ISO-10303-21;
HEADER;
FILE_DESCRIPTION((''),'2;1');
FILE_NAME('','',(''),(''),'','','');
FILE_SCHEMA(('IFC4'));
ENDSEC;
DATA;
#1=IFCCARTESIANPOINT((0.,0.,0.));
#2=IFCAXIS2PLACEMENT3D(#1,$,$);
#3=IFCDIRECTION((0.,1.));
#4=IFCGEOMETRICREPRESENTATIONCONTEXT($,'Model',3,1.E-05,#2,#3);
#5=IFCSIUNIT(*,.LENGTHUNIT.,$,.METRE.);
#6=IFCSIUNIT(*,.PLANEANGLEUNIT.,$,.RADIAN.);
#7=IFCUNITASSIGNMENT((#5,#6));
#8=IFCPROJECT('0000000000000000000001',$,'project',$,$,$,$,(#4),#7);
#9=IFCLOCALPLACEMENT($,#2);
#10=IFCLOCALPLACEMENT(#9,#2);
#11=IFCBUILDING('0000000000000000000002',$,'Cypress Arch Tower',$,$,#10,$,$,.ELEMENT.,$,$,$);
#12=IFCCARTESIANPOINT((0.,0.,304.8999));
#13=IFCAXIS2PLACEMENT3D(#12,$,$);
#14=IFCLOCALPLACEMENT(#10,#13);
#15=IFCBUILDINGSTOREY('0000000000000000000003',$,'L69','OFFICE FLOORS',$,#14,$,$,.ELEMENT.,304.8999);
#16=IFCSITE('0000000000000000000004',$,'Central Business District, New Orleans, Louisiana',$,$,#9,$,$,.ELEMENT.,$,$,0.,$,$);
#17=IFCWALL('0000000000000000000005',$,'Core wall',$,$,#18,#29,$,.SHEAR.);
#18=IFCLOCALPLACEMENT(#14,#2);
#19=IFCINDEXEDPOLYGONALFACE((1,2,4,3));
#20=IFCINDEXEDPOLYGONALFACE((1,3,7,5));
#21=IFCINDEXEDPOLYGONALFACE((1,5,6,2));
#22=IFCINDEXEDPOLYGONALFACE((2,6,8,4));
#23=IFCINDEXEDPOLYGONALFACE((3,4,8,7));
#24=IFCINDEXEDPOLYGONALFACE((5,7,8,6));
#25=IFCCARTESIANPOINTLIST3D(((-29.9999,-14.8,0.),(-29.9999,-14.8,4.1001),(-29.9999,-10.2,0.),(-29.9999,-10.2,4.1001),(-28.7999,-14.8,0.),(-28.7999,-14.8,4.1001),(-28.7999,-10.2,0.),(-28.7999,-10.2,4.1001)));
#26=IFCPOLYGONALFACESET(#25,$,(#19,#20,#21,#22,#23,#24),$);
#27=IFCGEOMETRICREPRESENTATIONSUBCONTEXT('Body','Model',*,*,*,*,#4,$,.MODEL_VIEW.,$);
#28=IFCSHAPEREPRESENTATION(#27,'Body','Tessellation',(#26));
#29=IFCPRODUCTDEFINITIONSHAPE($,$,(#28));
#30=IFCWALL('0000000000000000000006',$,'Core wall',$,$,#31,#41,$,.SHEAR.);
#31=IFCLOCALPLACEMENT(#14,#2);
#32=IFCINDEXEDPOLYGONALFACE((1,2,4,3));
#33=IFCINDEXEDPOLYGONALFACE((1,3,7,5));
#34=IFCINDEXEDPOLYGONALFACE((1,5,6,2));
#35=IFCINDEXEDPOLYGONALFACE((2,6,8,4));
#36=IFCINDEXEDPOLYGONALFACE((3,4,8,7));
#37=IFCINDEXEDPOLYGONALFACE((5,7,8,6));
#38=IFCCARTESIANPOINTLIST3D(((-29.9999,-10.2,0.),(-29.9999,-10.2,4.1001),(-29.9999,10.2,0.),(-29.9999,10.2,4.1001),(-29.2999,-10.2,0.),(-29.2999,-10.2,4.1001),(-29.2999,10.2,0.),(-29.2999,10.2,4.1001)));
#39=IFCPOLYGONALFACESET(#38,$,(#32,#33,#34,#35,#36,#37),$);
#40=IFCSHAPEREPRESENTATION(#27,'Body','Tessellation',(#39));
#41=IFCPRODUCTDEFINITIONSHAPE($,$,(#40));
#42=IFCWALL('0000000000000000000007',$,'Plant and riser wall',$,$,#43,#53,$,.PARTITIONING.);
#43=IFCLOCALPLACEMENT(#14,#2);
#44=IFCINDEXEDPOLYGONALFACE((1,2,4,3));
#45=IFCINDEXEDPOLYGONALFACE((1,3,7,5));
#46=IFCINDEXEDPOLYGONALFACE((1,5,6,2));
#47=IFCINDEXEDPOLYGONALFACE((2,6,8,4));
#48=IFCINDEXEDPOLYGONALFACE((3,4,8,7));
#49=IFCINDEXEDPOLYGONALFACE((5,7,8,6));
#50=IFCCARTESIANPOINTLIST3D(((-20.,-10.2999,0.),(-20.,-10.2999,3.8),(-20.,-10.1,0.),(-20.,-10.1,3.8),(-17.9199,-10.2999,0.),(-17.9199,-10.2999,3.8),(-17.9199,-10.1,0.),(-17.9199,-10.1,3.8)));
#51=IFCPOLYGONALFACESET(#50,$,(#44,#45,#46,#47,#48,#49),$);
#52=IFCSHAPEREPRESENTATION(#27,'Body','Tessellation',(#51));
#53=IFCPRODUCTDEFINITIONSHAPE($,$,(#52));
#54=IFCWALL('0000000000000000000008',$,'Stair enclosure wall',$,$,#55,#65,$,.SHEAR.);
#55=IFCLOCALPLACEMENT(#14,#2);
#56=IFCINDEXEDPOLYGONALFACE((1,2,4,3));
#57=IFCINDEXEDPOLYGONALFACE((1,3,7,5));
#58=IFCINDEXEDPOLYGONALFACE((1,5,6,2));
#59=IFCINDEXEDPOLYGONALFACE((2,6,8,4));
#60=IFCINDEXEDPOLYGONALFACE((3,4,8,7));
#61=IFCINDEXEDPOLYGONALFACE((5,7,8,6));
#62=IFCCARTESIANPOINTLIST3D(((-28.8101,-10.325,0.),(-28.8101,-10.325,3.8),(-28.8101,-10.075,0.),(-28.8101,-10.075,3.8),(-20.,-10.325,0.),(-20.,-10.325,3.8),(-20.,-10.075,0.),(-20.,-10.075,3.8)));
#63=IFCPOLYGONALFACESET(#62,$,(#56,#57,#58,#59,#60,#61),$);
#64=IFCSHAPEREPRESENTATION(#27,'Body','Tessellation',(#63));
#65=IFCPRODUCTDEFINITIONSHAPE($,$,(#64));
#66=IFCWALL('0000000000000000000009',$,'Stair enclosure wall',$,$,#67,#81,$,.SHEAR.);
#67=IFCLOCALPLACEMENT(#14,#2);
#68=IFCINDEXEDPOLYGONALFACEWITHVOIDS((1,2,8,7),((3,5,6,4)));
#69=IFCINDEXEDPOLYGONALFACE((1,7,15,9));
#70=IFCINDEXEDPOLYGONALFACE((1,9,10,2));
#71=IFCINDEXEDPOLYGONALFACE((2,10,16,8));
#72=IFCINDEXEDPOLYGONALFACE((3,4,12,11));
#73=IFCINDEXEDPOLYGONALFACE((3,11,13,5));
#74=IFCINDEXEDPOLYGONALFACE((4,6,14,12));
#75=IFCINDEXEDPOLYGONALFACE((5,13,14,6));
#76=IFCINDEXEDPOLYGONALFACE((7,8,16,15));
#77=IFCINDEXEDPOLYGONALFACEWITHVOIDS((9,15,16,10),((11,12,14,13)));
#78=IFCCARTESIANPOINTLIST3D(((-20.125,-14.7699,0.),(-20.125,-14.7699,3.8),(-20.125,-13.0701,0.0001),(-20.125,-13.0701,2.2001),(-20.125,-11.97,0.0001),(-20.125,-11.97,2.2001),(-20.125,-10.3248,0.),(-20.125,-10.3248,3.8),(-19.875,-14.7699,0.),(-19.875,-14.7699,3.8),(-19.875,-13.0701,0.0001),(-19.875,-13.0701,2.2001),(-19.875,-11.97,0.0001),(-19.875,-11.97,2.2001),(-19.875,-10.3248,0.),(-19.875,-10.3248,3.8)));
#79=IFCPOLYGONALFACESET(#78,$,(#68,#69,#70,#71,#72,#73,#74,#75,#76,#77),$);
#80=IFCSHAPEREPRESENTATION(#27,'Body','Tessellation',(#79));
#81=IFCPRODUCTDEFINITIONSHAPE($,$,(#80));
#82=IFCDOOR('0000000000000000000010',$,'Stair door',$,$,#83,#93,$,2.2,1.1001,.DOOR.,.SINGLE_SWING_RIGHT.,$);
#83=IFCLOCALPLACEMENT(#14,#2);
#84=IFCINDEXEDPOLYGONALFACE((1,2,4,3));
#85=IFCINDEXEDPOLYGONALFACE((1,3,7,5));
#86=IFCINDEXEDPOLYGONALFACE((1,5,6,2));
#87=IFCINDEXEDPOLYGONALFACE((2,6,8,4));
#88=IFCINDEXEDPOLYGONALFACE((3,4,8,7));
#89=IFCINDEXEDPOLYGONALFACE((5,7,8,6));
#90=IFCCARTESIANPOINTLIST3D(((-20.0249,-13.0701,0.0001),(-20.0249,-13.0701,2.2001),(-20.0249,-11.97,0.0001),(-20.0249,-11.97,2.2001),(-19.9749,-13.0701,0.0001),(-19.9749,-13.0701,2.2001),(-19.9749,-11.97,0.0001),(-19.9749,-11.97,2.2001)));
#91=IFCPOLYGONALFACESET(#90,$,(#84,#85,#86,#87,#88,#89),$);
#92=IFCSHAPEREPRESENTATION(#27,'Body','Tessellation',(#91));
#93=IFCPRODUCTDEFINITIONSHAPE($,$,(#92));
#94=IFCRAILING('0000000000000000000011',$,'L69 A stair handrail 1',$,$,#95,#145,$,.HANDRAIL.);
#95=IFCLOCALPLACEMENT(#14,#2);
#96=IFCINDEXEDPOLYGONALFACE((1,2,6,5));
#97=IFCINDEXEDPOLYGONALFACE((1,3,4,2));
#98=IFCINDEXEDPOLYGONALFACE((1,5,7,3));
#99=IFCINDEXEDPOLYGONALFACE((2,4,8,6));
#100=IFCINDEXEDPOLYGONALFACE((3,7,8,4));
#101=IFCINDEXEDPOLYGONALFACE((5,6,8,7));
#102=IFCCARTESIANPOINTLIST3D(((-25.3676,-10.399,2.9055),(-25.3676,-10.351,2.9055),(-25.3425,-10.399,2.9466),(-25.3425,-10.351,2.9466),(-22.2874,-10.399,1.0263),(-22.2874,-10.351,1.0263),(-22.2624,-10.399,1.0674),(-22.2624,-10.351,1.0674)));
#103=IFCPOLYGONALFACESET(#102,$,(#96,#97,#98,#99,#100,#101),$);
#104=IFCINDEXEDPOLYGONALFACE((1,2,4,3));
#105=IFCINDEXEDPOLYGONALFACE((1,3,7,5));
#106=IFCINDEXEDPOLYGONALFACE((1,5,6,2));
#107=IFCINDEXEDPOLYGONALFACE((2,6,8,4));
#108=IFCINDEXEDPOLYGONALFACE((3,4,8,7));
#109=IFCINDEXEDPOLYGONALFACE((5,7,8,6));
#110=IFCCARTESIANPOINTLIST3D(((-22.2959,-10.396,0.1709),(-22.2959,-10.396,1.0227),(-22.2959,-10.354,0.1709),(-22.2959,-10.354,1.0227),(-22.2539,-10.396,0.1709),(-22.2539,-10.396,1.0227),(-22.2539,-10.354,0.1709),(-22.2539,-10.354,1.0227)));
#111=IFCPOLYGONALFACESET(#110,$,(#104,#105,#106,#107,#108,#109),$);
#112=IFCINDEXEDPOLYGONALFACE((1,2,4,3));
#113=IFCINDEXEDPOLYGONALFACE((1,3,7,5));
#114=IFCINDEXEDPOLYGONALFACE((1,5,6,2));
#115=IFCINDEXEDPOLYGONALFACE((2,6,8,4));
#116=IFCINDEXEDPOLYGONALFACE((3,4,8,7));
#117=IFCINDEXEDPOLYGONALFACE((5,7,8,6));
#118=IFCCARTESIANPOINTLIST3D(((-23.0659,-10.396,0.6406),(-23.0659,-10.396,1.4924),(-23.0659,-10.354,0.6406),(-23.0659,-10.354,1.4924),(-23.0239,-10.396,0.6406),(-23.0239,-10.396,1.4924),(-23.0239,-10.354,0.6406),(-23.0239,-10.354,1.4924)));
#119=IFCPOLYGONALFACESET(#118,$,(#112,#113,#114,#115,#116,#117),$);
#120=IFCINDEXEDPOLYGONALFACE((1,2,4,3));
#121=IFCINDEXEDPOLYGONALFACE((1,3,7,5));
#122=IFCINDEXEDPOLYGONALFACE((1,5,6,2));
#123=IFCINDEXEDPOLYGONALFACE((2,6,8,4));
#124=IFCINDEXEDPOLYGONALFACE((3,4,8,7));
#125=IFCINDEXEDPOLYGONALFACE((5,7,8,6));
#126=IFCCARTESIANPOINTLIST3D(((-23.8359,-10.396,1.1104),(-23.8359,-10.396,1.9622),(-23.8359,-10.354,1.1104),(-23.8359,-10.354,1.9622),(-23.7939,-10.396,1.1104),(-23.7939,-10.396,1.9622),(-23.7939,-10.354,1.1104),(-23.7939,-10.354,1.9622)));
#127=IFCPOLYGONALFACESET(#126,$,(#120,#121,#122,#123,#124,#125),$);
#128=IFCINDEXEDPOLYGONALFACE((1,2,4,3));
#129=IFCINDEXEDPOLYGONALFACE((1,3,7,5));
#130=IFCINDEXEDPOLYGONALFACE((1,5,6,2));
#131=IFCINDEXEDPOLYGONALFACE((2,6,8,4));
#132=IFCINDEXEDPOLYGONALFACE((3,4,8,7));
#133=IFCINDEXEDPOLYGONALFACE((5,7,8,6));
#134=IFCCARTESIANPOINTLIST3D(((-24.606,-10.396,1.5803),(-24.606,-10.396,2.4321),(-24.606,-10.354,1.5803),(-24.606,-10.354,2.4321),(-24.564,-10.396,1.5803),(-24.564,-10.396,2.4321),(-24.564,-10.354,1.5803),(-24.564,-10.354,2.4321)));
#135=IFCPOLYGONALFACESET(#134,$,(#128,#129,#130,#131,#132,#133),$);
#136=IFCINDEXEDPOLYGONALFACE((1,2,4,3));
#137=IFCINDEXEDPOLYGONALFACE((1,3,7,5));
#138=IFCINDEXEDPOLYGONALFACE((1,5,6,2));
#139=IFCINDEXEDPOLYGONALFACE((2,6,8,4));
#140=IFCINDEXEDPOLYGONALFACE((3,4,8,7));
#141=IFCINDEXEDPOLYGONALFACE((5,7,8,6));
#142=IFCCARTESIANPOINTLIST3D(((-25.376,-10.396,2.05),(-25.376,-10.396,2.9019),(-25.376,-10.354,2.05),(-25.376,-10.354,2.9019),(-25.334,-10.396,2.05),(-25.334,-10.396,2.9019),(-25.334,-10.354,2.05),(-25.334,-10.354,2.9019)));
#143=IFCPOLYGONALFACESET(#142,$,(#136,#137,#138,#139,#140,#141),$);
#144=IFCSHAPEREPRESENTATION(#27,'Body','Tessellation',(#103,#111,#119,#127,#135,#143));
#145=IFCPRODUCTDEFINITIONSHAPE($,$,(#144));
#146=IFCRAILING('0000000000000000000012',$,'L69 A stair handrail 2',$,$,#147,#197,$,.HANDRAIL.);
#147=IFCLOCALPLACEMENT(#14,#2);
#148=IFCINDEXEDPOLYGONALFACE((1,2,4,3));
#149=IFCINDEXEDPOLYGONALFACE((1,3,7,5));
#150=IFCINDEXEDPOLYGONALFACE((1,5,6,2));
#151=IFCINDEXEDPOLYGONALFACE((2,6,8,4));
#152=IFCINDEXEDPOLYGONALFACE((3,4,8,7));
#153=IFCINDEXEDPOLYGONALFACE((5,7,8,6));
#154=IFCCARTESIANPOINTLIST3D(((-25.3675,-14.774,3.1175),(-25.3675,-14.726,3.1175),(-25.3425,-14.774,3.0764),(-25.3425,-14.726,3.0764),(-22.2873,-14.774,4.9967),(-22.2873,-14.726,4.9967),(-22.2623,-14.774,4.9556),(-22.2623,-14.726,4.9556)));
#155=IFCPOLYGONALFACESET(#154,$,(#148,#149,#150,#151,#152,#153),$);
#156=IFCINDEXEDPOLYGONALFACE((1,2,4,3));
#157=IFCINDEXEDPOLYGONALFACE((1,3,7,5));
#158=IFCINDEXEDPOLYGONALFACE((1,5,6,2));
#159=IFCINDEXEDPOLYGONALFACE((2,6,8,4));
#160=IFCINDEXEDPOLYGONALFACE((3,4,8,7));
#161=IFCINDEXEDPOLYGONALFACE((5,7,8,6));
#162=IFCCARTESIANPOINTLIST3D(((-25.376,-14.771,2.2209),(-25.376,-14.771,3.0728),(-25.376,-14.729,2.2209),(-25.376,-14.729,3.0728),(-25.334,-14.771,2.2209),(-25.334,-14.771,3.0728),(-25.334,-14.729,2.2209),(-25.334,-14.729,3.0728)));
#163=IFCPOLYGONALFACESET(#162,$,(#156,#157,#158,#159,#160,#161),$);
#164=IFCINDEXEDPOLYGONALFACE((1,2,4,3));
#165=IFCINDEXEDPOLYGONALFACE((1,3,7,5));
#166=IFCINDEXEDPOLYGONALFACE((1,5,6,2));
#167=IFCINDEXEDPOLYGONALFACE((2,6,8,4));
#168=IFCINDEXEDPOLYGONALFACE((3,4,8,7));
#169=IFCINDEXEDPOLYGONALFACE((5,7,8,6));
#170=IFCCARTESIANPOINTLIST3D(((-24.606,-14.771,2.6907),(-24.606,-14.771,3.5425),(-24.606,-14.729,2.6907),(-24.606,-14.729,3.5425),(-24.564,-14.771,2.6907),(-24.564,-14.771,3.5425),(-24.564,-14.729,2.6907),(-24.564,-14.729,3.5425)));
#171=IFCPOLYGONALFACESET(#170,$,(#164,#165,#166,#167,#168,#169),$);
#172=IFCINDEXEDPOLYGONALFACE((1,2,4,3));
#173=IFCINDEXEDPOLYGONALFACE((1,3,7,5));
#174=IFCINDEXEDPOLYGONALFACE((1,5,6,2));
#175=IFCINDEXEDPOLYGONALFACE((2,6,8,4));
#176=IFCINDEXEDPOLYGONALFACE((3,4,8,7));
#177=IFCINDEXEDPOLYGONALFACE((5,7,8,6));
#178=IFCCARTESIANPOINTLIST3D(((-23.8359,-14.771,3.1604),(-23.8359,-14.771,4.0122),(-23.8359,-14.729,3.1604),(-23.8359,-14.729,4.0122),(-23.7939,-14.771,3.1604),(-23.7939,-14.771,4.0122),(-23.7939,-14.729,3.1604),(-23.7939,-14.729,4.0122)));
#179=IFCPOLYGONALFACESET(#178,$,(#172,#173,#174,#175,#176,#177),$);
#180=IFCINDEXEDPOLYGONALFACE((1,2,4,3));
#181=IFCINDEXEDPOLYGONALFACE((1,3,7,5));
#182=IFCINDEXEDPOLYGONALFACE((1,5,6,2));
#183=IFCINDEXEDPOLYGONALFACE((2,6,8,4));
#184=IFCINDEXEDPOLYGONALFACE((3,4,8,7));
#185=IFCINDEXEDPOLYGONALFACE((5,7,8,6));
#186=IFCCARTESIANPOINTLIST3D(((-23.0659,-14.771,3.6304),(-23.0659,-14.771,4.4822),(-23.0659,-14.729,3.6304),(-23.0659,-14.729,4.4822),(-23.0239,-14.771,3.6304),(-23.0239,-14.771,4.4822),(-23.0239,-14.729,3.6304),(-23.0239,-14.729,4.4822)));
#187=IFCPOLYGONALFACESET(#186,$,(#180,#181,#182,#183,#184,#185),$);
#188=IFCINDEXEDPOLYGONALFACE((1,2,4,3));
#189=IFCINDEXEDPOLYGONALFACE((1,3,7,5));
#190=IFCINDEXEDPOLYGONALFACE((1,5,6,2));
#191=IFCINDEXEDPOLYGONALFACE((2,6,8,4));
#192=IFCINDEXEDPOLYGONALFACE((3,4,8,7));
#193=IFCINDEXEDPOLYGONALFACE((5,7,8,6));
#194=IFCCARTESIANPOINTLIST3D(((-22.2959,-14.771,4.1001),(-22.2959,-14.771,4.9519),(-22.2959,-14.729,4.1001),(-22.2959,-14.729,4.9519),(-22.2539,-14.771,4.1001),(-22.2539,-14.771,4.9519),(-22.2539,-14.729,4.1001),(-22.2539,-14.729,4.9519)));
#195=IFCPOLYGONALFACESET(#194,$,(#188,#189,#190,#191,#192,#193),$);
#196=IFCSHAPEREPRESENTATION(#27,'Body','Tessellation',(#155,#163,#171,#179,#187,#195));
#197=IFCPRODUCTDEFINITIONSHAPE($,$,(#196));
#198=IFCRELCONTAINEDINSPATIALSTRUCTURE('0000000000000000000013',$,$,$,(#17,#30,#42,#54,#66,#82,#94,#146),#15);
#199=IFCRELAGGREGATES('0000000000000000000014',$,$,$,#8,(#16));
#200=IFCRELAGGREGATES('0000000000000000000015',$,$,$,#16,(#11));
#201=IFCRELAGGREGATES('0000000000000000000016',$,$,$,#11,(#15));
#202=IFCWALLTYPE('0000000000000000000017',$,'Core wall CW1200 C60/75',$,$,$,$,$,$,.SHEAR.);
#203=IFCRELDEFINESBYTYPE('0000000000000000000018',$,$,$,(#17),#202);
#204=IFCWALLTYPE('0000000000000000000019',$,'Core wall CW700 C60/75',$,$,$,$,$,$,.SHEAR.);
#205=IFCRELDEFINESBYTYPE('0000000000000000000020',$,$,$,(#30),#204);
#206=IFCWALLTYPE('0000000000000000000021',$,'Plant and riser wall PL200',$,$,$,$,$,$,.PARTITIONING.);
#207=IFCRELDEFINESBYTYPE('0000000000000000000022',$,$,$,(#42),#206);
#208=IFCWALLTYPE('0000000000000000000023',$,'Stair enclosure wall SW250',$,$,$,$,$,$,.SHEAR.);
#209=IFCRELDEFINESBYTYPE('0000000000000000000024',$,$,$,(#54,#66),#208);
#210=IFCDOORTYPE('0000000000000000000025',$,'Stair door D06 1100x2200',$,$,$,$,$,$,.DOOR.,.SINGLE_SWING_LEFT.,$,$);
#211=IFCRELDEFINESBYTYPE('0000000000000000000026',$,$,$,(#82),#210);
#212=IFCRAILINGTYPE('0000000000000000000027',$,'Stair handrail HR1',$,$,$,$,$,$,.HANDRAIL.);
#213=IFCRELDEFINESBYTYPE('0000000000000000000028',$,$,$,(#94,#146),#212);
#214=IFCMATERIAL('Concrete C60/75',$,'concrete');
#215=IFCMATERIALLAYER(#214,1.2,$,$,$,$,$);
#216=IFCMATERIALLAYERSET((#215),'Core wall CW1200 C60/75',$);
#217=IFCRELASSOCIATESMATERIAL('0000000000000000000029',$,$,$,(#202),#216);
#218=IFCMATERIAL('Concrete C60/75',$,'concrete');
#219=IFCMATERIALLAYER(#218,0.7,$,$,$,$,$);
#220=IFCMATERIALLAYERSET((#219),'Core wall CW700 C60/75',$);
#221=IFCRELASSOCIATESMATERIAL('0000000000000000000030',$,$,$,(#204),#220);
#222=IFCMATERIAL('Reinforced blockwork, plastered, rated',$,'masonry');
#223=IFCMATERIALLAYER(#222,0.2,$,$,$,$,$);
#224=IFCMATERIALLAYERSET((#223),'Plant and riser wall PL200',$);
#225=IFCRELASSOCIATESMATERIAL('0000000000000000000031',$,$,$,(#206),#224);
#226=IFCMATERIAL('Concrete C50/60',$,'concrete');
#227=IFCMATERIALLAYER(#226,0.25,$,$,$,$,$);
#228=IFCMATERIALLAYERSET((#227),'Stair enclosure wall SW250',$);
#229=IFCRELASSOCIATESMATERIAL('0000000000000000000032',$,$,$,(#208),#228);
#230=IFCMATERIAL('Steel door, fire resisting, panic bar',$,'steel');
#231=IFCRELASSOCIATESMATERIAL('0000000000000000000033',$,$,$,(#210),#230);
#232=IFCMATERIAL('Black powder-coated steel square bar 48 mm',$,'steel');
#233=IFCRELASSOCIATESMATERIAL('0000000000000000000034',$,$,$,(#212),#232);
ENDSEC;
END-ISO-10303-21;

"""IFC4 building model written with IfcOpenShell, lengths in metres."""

from ifc_helpers import new_model, si_unit, direction, frame, frame_2d, origin, origin_2d, place, context, subcontext, project, spatial, rectangle, extrude, material, layer, layer_set, type_object, element, fill, save


model = new_model("IFC4")

# Units and contexts
model_context = context("Model", 3, precision=1e-05, world=origin(), true_north=direction((0.0, 1.0)))
body_context = subcontext(model_context, "Body", "Model", "MODEL_VIEW")
ifc_project = project(units=[si_unit("LENGTHUNIT", "METRE"), si_unit("PLANEANGLEUNIT", "RADIAN")], contexts=[model_context])

# Site, building, storey
site_placement = place(None, origin())
site = spatial("IfcSite", under=ifc_project, at=site_placement, Name="Central Business District, New Orleans, Louisiana", CompositionType="ELEMENT", RefElevation=0.0)
building_placement = place(site_placement, origin())
building = spatial("IfcBuilding", under=site, at=building_placement, Name="Cypress Arch Tower", CompositionType="ELEMENT")
storey_placement = place(building_placement, frame((0.0, 0.0, 304.8999)))
storey = spatial("IfcBuildingStorey", under=building, at=storey_placement, Name="L69", Description="OFFICE FLOORS", CompositionType="ELEMENT", Elevation=304.8999)

# Walls
ifc_material_1 = material(Name="Concrete C60/75", Category="concrete")
ifc_layer_1 = layer(ifc_material_1, 1.2)
ifc_layer_set_1 = layer_set([ifc_layer_1], Name="Core wall CW1200 C60/75")
wall_type_1 = type_object("IfcWallType", Name="Core wall CW1200 C60/75", PredefinedType="SHEAR", material=ifc_layer_set_1)
wall_1_placement = place(storey_placement, frame((-29.3999, -14.8, 0.0), z_axis=(0.0, 0.0, 1.0), x_axis=(0.0, 1.0, 0.0)))
element("IfcWall", 1, at=wall_1_placement, inside=storey, type_object=wall_type_1, Name="Core wall", PredefinedType="SHEAR", context=body_context, shape_type="SweptSolid", body=[
    extrude(rectangle(XDim=4.6001, YDim=1.2, at=frame_2d((2.3, 0.0))), origin(), (0.0, 0.0, 1.0), 4.1001),
])
ifc_material_2 = material(Name="Concrete C60/75", Category="concrete")
ifc_layer_2 = layer(ifc_material_2, 0.7)
ifc_layer_set_2 = layer_set([ifc_layer_2], Name="Core wall CW700 C60/75")
wall_type_2 = type_object("IfcWallType", Name="Core wall CW700 C60/75", PredefinedType="SHEAR", material=ifc_layer_set_2)
wall_2_placement = place(storey_placement, frame((-29.6499, -10.2, 0.0), z_axis=(0.0, 0.0, 1.0), x_axis=(0.0, 1.0, 0.0)))
element("IfcWall", 2, at=wall_2_placement, inside=storey, type_object=wall_type_2, Name="Core wall", PredefinedType="SHEAR", context=body_context, shape_type="SweptSolid", body=[
    extrude(rectangle(XDim=20.3999, YDim=0.7, at=frame_2d((10.2, 0.0))), origin(), (0.0, 0.0, 1.0), 4.1001),
])
ifc_material_3 = material(Name="Reinforced blockwork, plastered, rated", Category="masonry")
ifc_layer_3 = layer(ifc_material_3, 0.2)
ifc_layer_set_3 = layer_set([ifc_layer_3], Name="Plant and riser wall PL200")
wall_type_3 = type_object("IfcWallType", Name="Plant and riser wall PL200", PredefinedType="PARTITIONING", material=ifc_layer_set_3)
wall_3_placement = place(storey_placement, frame((-20.0, -10.2, 0.0), z_axis=(0.0, 0.0, 1.0), x_axis=(1.0, 0.0, 0.0)))
element("IfcWall", 3, at=wall_3_placement, inside=storey, type_object=wall_type_3, Name="Plant and riser wall", PredefinedType="PARTITIONING", context=body_context, shape_type="SweptSolid", body=[
    extrude(rectangle(XDim=2.0801, YDim=0.2, at=frame_2d((1.04, 0.0))), origin(), (0.0, 0.0, 1.0), 3.8),
])
ifc_material_4 = material(Name="Concrete C50/60", Category="concrete")
ifc_layer_4 = layer(ifc_material_4, 0.25)
ifc_layer_set_4 = layer_set([ifc_layer_4], Name="Stair enclosure wall SW250")
wall_type_4 = type_object("IfcWallType", Name="Stair enclosure wall SW250", PredefinedType="SHEAR", material=ifc_layer_set_4)
wall_4_placement = place(storey_placement, frame((-28.8101, -10.2, 0.0), z_axis=(0.0, 0.0, 1.0), x_axis=(1.0, 0.0, 0.0)))
element("IfcWall", 4, at=wall_4_placement, inside=storey, type_object=wall_type_4, Name="Stair enclosure wall", PredefinedType="SHEAR", context=body_context, shape_type="SweptSolid", body=[
    extrude(rectangle(XDim=8.8101, YDim=0.25, at=frame_2d((4.405, 0.0))), origin(), (0.0, 0.0, 1.0), 3.8),
])

# Wall, opening, door
wall_5_placement = place(storey_placement, frame((-20.0, -14.77, 0.0), z_axis=(0.0, 0.0, 1.0), x_axis=(0.0, 1.0, 0.0)))
wall_5 = element("IfcWall", 5, at=wall_5_placement, inside=storey, type_object=wall_type_4, Name="Stair enclosure wall", PredefinedType="SHEAR", context=body_context, shape_type="SweptSolid", body=[
    extrude(rectangle(XDim=4.4451, YDim=0.25, at=frame_2d((2.2227, 0.0))), origin(), (0.0, 0.0, 1.0), 3.8),
])
opening_1_placement = place(wall_5_placement, frame((1.7, 0.0, 0.0)))
opening_1 = element("IfcOpeningElement", 6, at=opening_1_placement, cuts=wall_5, PredefinedType="OPENING", context=body_context, shape_type="SweptSolid", body=[
    extrude(rectangle(XDim=1.1001, YDim=2.2, at=frame_2d((0.55, 1.1001))), frame((0.0, 0.135, 0.0), z_axis=(0.0, -1.0, 0.0), x_axis=(1.0, 0.0, 0.0)), (0.0, 0.0, 1.0), 0.27),
])
ifc_material_5 = material(Name="Steel door, fire resisting, panic bar", Category="steel")
door_type = type_object("IfcDoorType", Name="Stair door D06 1100x2200", OperationType="SINGLE_SWING_LEFT", PredefinedType="DOOR", material=ifc_material_5)
door_placement = place(opening_1_placement, origin())
door = element("IfcDoor", 7, at=door_placement, inside=storey, type_object=door_type, Name="Stair door", OperationType="SINGLE_SWING_RIGHT", OverallHeight=2.2, OverallWidth=1.1001, PredefinedType="DOOR", context=body_context, shape_type="SweptSolid", body=[
    extrude(rectangle(XDim=1.1001, YDim=2.2, at=frame_2d((0.55, 1.1001))), frame((0.0, 0.0249, 0.0), z_axis=(0.0, -1.0, 0.0), x_axis=(1.0, 0.0, 0.0)), (0.0, 0.0, 1.0), 0.05),
])
fill(opening_1, door)

# Railings
ifc_material_6 = material(Name="Black powder-coated steel square bar 48 mm", Category="steel")
railing_type_1 = type_object("IfcRailingType", Name="Stair handrail HR1", PredefinedType="HANDRAIL", material=ifc_material_6)
railing_1_placement = place(storey_placement, frame((-22.2749, -10.375, 0.1709)))
element("IfcRailing", 8, at=railing_1_placement, inside=storey, type_object=railing_type_1, Name="L69 A stair handrail 1", PredefinedType="HANDRAIL", context=body_context, shape_type="SweptSolid", body=[
    extrude(rectangle(XDim=0.0481, YDim=0.0481, at=origin_2d()), frame((0.0, 0.0, 0.876), z_axis=(-0.853666, 0.0, 0.52082), x_axis=(0.0, -1.0, 0.0)), (0.0, 0.0, 1.0), 3.6082),
    extrude(rectangle(XDim=0.042, YDim=0.042, at=origin_2d()), origin(), (0.0, 0.0, 1.0), 0.8518),
    extrude(rectangle(XDim=0.042, YDim=0.042, at=origin_2d()), frame((-0.77, 0.0, 0.4697)), (0.0, 0.0, 1.0), 0.8518),
    extrude(rectangle(XDim=0.042, YDim=0.042, at=origin_2d()), frame((-1.54, 0.0, 0.9395)), (0.0, 0.0, 1.0), 0.8518),
    extrude(rectangle(XDim=0.042, YDim=0.042, at=origin_2d()), frame((-2.3101, 0.0, 1.4094)), (0.0, 0.0, 1.0), 0.8518),
    extrude(rectangle(XDim=0.042, YDim=0.042, at=origin_2d()), frame((-3.0801, 0.0, 1.8792)), (0.0, 0.0, 1.0), 0.8518),
])
railing_2_placement = place(storey_placement, frame((-25.355, -14.75, 2.2209)))
element("IfcRailing", 9, at=railing_2_placement, inside=storey, type_object=railing_type_1, Name="L69 A stair handrail 2", PredefinedType="HANDRAIL", context=body_context, shape_type="SweptSolid", body=[
    extrude(rectangle(XDim=0.0481, YDim=0.0481, at=origin_2d()), frame((0.0, 0.0, 0.876), z_axis=(0.853666, 0.0, 0.52082), x_axis=(0.0, 1.0, 0.0)), (0.0, 0.0, 1.0), 3.6082),
    extrude(rectangle(XDim=0.042, YDim=0.042, at=origin_2d()), origin(), (0.0, 0.0, 1.0), 0.8518),
    extrude(rectangle(XDim=0.042, YDim=0.042, at=origin_2d()), frame((0.77, 0.0, 0.4697)), (0.0, 0.0, 1.0), 0.8518),
    extrude(rectangle(XDim=0.042, YDim=0.042, at=origin_2d()), frame((1.54, 0.0, 0.9395)), (0.0, 0.0, 1.0), 0.8518),
    extrude(rectangle(XDim=0.042, YDim=0.042, at=origin_2d()), frame((2.3101, 0.0, 1.4094)), (0.0, 0.0, 1.0), 0.8518),
    extrude(rectangle(XDim=0.042, YDim=0.042, at=origin_2d()), frame((3.0801, 0.0, 1.8792)), (0.0, 0.0, 1.0), 0.8518),
])

save(model, "model.ifc")
